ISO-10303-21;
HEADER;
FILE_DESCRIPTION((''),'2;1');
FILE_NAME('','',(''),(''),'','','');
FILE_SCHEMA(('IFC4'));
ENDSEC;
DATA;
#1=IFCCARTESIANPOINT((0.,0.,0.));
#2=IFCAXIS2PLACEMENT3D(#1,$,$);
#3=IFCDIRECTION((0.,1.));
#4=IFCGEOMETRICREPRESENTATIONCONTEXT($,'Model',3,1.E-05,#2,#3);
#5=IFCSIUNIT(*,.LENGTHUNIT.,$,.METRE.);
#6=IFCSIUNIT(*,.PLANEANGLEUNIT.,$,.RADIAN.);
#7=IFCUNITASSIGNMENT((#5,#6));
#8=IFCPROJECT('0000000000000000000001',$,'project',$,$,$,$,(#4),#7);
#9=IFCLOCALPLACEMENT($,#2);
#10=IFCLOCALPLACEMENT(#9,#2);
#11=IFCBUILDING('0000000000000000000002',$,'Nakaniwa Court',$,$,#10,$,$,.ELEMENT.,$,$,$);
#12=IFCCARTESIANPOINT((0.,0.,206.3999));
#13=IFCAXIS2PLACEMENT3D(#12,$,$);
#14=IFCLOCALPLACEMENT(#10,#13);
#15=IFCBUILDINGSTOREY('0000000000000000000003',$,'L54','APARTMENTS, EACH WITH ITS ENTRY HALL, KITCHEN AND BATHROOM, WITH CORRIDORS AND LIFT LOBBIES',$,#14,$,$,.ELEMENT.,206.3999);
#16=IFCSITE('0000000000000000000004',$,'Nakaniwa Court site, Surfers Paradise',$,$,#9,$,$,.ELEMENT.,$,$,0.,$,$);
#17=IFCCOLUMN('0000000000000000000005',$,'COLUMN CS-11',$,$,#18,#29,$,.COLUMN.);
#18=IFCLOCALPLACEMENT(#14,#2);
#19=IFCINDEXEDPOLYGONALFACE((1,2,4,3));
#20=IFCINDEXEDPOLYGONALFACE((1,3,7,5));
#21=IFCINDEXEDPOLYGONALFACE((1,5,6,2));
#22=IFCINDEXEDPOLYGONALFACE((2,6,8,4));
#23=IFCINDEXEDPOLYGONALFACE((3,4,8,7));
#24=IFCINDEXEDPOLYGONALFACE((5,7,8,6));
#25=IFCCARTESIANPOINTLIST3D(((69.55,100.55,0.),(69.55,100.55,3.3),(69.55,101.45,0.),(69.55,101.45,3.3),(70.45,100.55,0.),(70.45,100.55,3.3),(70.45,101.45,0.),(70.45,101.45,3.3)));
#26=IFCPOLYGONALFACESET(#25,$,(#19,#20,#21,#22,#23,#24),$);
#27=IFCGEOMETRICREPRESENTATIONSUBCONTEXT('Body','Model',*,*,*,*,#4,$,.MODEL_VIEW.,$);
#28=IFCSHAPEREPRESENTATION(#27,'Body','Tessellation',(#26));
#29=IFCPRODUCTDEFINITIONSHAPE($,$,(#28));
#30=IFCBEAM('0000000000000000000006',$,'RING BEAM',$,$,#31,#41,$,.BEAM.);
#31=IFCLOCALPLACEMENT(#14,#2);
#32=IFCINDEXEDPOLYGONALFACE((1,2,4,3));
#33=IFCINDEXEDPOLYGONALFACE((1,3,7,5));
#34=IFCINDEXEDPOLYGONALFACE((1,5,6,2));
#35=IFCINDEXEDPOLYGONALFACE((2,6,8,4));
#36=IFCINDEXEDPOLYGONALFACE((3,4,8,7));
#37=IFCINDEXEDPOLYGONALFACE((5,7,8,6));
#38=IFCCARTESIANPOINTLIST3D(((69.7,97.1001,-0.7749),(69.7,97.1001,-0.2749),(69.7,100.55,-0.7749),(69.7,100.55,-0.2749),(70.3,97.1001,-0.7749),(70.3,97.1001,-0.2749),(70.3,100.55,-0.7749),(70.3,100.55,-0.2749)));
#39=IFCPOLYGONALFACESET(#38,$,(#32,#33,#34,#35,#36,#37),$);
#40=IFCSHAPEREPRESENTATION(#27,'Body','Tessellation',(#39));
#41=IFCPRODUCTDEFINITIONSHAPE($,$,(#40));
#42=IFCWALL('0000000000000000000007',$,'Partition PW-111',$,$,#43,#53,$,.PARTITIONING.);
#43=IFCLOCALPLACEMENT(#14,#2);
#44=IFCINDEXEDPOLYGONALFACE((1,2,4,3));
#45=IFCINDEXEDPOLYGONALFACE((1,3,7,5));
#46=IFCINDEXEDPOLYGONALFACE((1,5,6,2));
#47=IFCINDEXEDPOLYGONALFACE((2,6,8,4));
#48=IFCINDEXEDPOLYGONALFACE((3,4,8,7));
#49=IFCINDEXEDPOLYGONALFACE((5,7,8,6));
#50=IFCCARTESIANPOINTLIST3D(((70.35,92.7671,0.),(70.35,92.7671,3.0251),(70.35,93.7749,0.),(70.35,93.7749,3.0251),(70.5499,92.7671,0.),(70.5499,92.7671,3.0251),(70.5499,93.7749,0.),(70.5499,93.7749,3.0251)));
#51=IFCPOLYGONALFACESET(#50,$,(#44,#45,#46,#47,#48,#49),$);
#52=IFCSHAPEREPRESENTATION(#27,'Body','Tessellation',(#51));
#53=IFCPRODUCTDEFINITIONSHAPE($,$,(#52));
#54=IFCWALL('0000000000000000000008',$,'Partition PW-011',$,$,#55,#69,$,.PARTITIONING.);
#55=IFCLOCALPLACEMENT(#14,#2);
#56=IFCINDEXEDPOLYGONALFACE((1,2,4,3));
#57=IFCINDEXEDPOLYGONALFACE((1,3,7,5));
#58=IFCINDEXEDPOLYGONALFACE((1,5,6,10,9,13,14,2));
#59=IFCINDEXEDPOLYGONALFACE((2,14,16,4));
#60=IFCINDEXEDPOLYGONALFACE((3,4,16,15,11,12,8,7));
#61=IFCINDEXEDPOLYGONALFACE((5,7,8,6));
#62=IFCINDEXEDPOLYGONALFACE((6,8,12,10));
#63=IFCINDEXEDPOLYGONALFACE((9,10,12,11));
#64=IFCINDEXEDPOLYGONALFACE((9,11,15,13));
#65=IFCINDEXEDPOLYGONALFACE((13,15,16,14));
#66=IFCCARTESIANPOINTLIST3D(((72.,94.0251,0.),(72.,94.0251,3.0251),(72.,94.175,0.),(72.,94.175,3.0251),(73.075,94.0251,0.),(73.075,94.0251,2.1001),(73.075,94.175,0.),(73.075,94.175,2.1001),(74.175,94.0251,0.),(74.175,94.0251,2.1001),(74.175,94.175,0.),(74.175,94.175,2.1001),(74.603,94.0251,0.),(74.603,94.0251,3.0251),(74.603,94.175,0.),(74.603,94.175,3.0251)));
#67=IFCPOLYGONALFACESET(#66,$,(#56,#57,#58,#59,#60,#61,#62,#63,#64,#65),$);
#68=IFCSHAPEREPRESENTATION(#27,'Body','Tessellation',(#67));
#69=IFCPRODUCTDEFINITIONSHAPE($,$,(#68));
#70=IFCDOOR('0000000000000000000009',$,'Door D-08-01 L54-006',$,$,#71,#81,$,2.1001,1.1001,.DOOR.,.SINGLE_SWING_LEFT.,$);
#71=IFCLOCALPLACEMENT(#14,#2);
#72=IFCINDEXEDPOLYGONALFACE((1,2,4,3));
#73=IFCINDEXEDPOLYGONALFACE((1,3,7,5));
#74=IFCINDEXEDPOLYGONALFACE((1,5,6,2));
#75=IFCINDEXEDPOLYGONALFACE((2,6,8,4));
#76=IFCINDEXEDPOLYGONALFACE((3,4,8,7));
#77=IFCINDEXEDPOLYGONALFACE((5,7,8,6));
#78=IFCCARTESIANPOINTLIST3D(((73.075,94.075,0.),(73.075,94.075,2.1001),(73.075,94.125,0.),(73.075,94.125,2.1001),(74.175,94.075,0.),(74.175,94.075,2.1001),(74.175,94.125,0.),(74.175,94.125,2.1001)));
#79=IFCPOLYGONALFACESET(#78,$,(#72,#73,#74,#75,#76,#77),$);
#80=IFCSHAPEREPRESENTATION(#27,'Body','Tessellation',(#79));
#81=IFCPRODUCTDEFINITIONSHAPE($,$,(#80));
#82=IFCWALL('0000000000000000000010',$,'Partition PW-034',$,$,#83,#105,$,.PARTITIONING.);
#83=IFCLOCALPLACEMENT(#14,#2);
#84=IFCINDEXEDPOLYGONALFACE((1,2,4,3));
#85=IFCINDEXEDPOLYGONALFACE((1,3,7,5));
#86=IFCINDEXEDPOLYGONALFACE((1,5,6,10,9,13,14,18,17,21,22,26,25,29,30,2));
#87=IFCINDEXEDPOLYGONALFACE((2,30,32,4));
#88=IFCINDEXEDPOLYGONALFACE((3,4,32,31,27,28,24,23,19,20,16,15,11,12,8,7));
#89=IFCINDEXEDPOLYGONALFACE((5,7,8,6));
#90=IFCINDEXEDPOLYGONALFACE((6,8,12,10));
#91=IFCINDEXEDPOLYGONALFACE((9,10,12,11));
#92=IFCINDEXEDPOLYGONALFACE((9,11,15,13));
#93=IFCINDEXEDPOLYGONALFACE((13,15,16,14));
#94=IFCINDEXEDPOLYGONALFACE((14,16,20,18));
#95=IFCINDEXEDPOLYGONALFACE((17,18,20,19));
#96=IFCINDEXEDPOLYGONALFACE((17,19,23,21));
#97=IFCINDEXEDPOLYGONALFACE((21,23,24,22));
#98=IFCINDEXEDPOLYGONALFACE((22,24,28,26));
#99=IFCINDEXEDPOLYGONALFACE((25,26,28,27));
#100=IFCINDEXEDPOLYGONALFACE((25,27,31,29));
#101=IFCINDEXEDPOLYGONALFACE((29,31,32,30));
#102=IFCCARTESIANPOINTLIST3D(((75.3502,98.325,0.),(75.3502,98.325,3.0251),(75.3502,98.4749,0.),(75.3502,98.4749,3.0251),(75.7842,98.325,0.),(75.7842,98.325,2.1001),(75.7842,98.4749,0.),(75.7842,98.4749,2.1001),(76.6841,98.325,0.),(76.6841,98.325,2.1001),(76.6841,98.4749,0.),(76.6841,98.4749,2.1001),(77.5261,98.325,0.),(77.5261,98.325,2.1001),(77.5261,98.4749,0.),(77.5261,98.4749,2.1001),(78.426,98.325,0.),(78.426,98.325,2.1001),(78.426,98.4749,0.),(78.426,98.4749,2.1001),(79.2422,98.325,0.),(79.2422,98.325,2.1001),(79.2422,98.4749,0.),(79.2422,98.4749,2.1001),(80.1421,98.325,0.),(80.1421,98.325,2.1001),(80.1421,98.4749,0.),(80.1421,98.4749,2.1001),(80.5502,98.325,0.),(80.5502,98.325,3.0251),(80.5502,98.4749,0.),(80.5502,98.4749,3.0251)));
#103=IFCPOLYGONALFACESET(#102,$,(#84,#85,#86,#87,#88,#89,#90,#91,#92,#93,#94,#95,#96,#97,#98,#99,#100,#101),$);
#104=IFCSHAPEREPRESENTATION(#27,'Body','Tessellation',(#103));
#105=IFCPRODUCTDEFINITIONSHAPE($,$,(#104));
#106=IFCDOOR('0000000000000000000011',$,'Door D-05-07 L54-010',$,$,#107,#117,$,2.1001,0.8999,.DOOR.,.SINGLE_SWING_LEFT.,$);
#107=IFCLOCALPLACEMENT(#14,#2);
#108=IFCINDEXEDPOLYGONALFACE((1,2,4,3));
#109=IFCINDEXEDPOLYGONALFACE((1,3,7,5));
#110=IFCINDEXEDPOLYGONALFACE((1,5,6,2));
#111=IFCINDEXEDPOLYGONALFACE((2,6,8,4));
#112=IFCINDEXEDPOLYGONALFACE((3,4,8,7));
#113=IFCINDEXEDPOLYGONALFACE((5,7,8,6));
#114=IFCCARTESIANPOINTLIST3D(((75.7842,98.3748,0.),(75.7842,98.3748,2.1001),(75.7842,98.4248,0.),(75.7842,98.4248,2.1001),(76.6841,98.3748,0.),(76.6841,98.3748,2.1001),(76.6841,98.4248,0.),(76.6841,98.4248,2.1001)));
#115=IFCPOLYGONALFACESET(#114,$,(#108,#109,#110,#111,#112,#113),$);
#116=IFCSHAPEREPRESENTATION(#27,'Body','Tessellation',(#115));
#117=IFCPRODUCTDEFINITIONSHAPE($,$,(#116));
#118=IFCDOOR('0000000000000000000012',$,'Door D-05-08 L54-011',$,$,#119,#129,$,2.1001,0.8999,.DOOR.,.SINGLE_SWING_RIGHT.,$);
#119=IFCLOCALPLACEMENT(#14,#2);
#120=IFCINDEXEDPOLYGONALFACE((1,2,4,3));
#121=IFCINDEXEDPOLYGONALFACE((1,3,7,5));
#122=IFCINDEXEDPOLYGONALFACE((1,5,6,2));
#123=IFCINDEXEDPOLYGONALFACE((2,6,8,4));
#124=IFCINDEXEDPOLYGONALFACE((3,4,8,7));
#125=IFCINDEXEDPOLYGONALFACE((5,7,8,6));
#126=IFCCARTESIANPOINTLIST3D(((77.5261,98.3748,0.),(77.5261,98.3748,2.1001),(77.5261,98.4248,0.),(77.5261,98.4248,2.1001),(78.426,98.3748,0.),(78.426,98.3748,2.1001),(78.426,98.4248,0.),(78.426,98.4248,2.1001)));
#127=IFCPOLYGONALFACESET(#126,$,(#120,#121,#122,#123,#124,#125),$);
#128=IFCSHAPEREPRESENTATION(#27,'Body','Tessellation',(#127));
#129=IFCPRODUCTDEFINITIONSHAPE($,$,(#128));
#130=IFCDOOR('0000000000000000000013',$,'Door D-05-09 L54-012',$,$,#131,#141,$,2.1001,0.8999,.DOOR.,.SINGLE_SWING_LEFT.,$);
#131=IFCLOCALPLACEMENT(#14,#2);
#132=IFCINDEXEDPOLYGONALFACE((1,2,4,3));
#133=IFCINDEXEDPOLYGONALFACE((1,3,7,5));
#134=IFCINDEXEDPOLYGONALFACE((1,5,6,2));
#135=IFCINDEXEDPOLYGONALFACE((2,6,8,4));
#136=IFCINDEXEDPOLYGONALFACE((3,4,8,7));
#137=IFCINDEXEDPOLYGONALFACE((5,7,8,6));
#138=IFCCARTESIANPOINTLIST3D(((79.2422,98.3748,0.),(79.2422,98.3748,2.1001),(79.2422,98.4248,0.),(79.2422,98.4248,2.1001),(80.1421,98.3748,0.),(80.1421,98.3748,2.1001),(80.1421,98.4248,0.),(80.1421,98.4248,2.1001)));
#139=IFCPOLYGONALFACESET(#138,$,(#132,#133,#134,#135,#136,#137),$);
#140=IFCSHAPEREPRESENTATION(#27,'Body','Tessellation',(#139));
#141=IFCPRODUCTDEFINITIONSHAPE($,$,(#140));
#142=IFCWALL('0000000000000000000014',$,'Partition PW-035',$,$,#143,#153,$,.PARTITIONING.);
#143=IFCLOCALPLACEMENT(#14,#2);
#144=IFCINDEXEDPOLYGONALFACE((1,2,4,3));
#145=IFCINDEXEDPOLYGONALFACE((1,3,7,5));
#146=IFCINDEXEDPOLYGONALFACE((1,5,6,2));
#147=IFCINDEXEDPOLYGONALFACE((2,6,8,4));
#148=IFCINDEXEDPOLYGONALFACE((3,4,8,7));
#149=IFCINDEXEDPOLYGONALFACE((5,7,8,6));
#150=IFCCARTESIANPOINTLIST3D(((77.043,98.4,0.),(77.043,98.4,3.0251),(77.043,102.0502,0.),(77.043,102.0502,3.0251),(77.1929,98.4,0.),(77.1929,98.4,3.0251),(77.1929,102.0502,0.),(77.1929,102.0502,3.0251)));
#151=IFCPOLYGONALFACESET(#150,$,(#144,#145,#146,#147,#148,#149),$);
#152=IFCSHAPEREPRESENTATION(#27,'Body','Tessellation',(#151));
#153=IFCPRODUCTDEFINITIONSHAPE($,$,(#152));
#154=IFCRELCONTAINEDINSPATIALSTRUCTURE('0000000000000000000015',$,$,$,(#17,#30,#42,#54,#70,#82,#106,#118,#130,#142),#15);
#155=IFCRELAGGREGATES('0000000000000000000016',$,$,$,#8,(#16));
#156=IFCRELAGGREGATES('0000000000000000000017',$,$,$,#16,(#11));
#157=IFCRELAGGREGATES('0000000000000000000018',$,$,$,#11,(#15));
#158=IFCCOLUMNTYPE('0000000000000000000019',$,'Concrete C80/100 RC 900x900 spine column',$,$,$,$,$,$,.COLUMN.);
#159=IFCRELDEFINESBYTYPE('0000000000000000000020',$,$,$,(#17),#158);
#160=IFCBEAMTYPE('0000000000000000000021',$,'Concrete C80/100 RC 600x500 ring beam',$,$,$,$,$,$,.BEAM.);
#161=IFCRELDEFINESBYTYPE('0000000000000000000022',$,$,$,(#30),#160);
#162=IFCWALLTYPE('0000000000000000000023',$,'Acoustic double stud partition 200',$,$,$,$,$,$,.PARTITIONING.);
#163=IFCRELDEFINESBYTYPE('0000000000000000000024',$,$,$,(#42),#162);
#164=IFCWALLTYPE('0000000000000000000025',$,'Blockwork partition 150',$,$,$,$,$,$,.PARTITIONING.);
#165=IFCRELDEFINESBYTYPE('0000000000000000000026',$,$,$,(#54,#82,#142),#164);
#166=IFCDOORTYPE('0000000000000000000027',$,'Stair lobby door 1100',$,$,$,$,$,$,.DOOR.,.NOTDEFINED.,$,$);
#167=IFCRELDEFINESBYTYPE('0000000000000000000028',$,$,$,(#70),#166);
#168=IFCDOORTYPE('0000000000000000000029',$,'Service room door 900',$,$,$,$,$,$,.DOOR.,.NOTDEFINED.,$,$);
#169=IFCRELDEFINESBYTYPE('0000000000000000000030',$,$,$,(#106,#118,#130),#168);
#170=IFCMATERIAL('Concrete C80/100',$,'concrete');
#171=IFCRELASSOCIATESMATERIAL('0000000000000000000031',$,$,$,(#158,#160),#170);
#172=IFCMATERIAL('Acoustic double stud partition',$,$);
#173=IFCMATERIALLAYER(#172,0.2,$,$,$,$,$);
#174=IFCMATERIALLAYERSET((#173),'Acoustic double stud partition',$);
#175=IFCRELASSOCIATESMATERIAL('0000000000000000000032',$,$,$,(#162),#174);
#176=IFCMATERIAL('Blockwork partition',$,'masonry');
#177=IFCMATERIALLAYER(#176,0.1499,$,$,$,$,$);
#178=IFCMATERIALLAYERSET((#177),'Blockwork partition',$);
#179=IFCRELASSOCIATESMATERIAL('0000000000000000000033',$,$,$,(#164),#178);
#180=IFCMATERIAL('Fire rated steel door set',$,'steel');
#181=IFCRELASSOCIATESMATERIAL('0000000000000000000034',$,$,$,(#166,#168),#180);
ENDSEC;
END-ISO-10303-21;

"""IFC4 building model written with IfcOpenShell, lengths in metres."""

from ifc_helpers import new_model, si_unit, direction, frame, frame_2d, origin, origin_2d, place, context, subcontext, project, spatial, rectangle, extrude, material, layer, layer_set, material_profile, profile_set, type_object, element, fill, save


model = new_model("IFC4")

# Units and contexts
model_context = context("Model", 3, precision=1e-05, world=origin(), true_north=direction((0.0, 1.0)))
body_context = subcontext(model_context, "Body", "Model", "MODEL_VIEW")
ifc_project = project(units=[si_unit("LENGTHUNIT", "METRE"), si_unit("PLANEANGLEUNIT", "RADIAN")], contexts=[model_context])

# Site, building, storey
site_placement = place(None, origin())
site = spatial("IfcSite", under=ifc_project, at=site_placement, Name="Nakaniwa Court site, Surfers Paradise", CompositionType="ELEMENT", RefElevation=0.0)
building_placement = place(site_placement, origin())
building = spatial("IfcBuilding", under=site, at=building_placement, Name="Nakaniwa Court", CompositionType="ELEMENT")
storey_placement = place(building_placement, frame((0.0, 0.0, 206.3999)))
storey = spatial("IfcBuildingStorey", under=building, at=storey_placement, Name="L54", Description="APARTMENTS, EACH WITH ITS ENTRY HALL, KITCHEN AND BATHROOM, WITH CORRIDORS AND LIFT LOBBIES", CompositionType="ELEMENT", Elevation=206.3999)

# Column
ifc_material_1 = material(Name="Concrete C80/100", Category="concrete")
ifc_material_profile_1 = material_profile(ifc_material_1, rectangle(XDim=0.8999, YDim=0.8999, at=origin_2d()), Name="Concrete C80/100 RC 900x900 spine column")
ifc_profile_set_1 = profile_set([ifc_material_profile_1], Name="Concrete C80/100")
column_type = type_object("IfcColumnType", Name="Concrete C80/100 RC 900x900 spine column", PredefinedType="COLUMN", material=ifc_profile_set_1)
column_placement = place(storey_placement, frame((70.0, 101.0, 0.0), z_axis=(0.0, 0.0, 1.0), x_axis=(0.0, -1.0, 0.0)))
element("IfcColumn", 1, at=column_placement, inside=storey, type_object=column_type, Name="COLUMN CS-11", PredefinedType="COLUMN", context=body_context, shape_type="SweptSolid", body=[
    extrude(rectangle(XDim=0.8999, YDim=0.8999, at=origin_2d()), origin(), (0.0, 0.0, 1.0), 3.3),
])

# Beam
ifc_material_profile_2 = material_profile(ifc_material_1, rectangle(XDim=0.6001, YDim=0.5, at=origin_2d()), Name="Concrete C80/100 RC 600x500 ring beam")
ifc_profile_set_2 = profile_set([ifc_material_profile_2], Name="Concrete C80/100")
beam_type = type_object("IfcBeamType", Name="Concrete C80/100 RC 600x500 ring beam", PredefinedType="BEAM", material=ifc_profile_set_2)
beam_placement = place(storey_placement, frame((70.0, 100.55, -0.5249), z_axis=(0.0, -1.0, 0.0), x_axis=(1.0, 0.0, 0.0)))
element("IfcBeam", 2, at=beam_placement, inside=storey, type_object=beam_type, Name="RING BEAM", PredefinedType="BEAM", context=body_context, shape_type="SweptSolid", body=[
    extrude(rectangle(XDim=0.6001, YDim=0.5, at=origin_2d()), origin(), (0.0, 0.0, 1.0), 3.45),
])

# Wall
ifc_material_2 = material(Name="Acoustic double stud partition")
ifc_layer_1 = layer(ifc_material_2, 0.2)
ifc_layer_set_1 = layer_set([ifc_layer_1], Name="Acoustic double stud partition")
wall_type_1 = type_object("IfcWallType", Name="Acoustic double stud partition 200", PredefinedType="PARTITIONING", material=ifc_layer_set_1)
wall_1_placement = place(storey_placement, frame((70.45, 92.7671, 0.0), z_axis=(0.0, 0.0, 1.0), x_axis=(0.0, 1.0, 0.0)))
element("IfcWall", 3, at=wall_1_placement, inside=storey, type_object=wall_type_1, Name="Partition PW-111", PredefinedType="PARTITIONING", context=body_context, shape_type="SweptSolid", body=[
    extrude(rectangle(XDim=1.0078, YDim=0.2, at=frame_2d((0.5039, 0.0))), origin(), (0.0, 0.0, 1.0), 3.0251),
])

# Wall, opening, door
ifc_material_3 = material(Name="Blockwork partition", Category="masonry")
ifc_layer_2 = layer(ifc_material_3, 0.1499)
ifc_layer_set_2 = layer_set([ifc_layer_2], Name="Blockwork partition")
wall_type_2 = type_object("IfcWallType", Name="Blockwork partition 150", PredefinedType="PARTITIONING", material=ifc_layer_set_2)
wall_2_placement = place(storey_placement, frame((72.0, 94.1001, 0.0), z_axis=(0.0, 0.0, 1.0), x_axis=(1.0, 0.0, 0.0)))
wall_2 = element("IfcWall", 4, at=wall_2_placement, inside=storey, type_object=wall_type_2, Name="Partition PW-011", PredefinedType="PARTITIONING", context=body_context, shape_type="SweptSolid", body=[
    extrude(rectangle(XDim=2.603, YDim=0.1499, at=frame_2d((1.3015, 0.0))), origin(), (0.0, 0.0, 1.0), 3.0251),
])
opening_1_placement = place(wall_2_placement, frame((1.075, 0.0, 0.0)))
opening_1 = element("IfcOpeningElement", 5, at=opening_1_placement, cuts=wall_2, PredefinedType="OPENING", context=body_context, shape_type="SweptSolid", body=[
    extrude(rectangle(XDim=1.1001, YDim=2.1001, at=frame_2d((0.55, 1.05))), frame((0.0, 0.085, 0.0), z_axis=(0.0, -1.0, 0.0), x_axis=(1.0, 0.0, 0.0)), (0.0, 0.0, 1.0), 0.1699),
])
ifc_material_4 = material(Name="Fire rated steel door set", Category="steel")
door_type_1 = type_object("IfcDoorType", Name="Stair lobby door 1100", OperationType="NOTDEFINED", PredefinedType="DOOR", material=ifc_material_4)
door_1_placement = place(opening_1_placement, origin())
door_1 = element("IfcDoor", 6, at=door_1_placement, inside=storey, type_object=door_type_1, Name="Door D-08-01 L54-006", OperationType="SINGLE_SWING_LEFT", OverallHeight=2.1001, OverallWidth=1.1001, PredefinedType="DOOR", context=body_context, shape_type="SweptSolid", body=[
    extrude(rectangle(XDim=1.1001, YDim=2.1001, at=frame_2d((0.55, 1.05))), frame((0.0, 0.0249, 0.0), z_axis=(0.0, -1.0, 0.0), x_axis=(1.0, 0.0, 0.0)), (0.0, 0.0, 1.0), 0.05),
])
fill(opening_1, door_1)

# Wall, openings, doors
wall_3_placement = place(storey_placement, frame((75.3501, 98.3999, 0.0), z_axis=(0.0, 0.0, 1.0), x_axis=(1.0, 0.0, 0.0)))
wall_3 = element("IfcWall", 7, at=wall_3_placement, inside=storey, type_object=wall_type_2, Name="Partition PW-034", PredefinedType="PARTITIONING", context=body_context, shape_type="SweptSolid", body=[
    extrude(rectangle(XDim=5.2, YDim=0.1499, at=frame_2d((2.6001, 0.0))), origin(), (0.0, 0.0, 1.0), 3.0251),
])
opening_2_placement = place(wall_3_placement, frame((0.4341, 0.0, 0.0)))
opening_2 = element("IfcOpeningElement", 8, at=opening_2_placement, cuts=wall_3, PredefinedType="OPENING", context=body_context, shape_type="SweptSolid", body=[
    extrude(rectangle(XDim=0.8999, YDim=2.1001, at=frame_2d((0.45, 1.05))), frame((0.0, 0.085, 0.0), z_axis=(0.0, -1.0, 0.0), x_axis=(1.0, 0.0, 0.0)), (0.0, 0.0, 1.0), 0.1699),
])
opening_3_placement = place(wall_3_placement, frame((2.176, 0.0, 0.0)))
opening_3 = element("IfcOpeningElement", 9, at=opening_3_placement, cuts=wall_3, PredefinedType="OPENING", context=body_context, shape_type="SweptSolid", body=[
    extrude(rectangle(XDim=0.8999, YDim=2.1001, at=frame_2d((0.45, 1.05))), frame((0.0, 0.085, 0.0), z_axis=(0.0, -1.0, 0.0), x_axis=(1.0, 0.0, 0.0)), (0.0, 0.0, 1.0), 0.1699),
])
opening_4_placement = place(wall_3_placement, frame((3.8921, 0.0, 0.0)))
opening_4 = element("IfcOpeningElement", 10, at=opening_4_placement, cuts=wall_3, PredefinedType="OPENING", context=body_context, shape_type="SweptSolid", body=[
    extrude(rectangle(XDim=0.8999, YDim=2.1001, at=frame_2d((0.45, 1.05))), frame((0.0, 0.085, 0.0), z_axis=(0.0, -1.0, 0.0), x_axis=(1.0, 0.0, 0.0)), (0.0, 0.0, 1.0), 0.1699),
])
door_type_2 = type_object("IfcDoorType", Name="Service room door 900", OperationType="NOTDEFINED", PredefinedType="DOOR", material=ifc_material_4)
door_2_placement = place(opening_2_placement, origin())
door_2 = element("IfcDoor", 11, at=door_2_placement, inside=storey, type_object=door_type_2, Name="Door D-05-07 L54-010", OperationType="SINGLE_SWING_LEFT", OverallHeight=2.1001, OverallWidth=0.8999, PredefinedType="DOOR", context=body_context, shape_type="SweptSolid", body=[
    extrude(rectangle(XDim=0.8999, YDim=2.1001, at=frame_2d((0.45, 1.05))), frame((0.0, 0.0249, 0.0), z_axis=(0.0, -1.0, 0.0), x_axis=(1.0, 0.0, 0.0)), (0.0, 0.0, 1.0), 0.05),
])
fill(opening_2, door_2)
door_3_placement = place(opening_3_placement, origin())
door_3 = element("IfcDoor", 12, at=door_3_placement, inside=storey, type_object=door_type_2, Name="Door D-05-08 L54-011", OperationType="SINGLE_SWING_RIGHT", OverallHeight=2.1001, OverallWidth=0.8999, PredefinedType="DOOR", context=body_context, shape_type="SweptSolid", body=[
    extrude(rectangle(XDim=0.8999, YDim=2.1001, at=frame_2d((0.45, 1.05))), frame((0.0, 0.0249, 0.0), z_axis=(0.0, -1.0, 0.0), x_axis=(1.0, 0.0, 0.0)), (0.0, 0.0, 1.0), 0.05),
])
fill(opening_3, door_3)
door_4_placement = place(opening_4_placement, origin())
door_4 = element("IfcDoor", 13, at=door_4_placement, inside=storey, type_object=door_type_2, Name="Door D-05-09 L54-012", OperationType="SINGLE_SWING_LEFT", OverallHeight=2.1001, OverallWidth=0.8999, PredefinedType="DOOR", context=body_context, shape_type="SweptSolid", body=[
    extrude(rectangle(XDim=0.8999, YDim=2.1001, at=frame_2d((0.45, 1.05))), frame((0.0, 0.0249, 0.0), z_axis=(0.0, -1.0, 0.0), x_axis=(1.0, 0.0, 0.0)), (0.0, 0.0, 1.0), 0.05),
])
fill(opening_4, door_4)

# Wall
wall_4_placement = place(storey_placement, frame((77.1179, 98.3999, 0.0), z_axis=(0.0, 0.0, 1.0), x_axis=(0.0, 1.0, 0.0)))
element("IfcWall", 14, at=wall_4_placement, inside=storey, type_object=wall_type_2, Name="Partition PW-035", PredefinedType="PARTITIONING", context=body_context, shape_type="SweptSolid", body=[
    extrude(rectangle(XDim=3.6501, YDim=0.1499, at=frame_2d((1.8252, 0.0))), origin(), (0.0, 0.0, 1.0), 3.0251),
])

save(model, "model.ifc")
